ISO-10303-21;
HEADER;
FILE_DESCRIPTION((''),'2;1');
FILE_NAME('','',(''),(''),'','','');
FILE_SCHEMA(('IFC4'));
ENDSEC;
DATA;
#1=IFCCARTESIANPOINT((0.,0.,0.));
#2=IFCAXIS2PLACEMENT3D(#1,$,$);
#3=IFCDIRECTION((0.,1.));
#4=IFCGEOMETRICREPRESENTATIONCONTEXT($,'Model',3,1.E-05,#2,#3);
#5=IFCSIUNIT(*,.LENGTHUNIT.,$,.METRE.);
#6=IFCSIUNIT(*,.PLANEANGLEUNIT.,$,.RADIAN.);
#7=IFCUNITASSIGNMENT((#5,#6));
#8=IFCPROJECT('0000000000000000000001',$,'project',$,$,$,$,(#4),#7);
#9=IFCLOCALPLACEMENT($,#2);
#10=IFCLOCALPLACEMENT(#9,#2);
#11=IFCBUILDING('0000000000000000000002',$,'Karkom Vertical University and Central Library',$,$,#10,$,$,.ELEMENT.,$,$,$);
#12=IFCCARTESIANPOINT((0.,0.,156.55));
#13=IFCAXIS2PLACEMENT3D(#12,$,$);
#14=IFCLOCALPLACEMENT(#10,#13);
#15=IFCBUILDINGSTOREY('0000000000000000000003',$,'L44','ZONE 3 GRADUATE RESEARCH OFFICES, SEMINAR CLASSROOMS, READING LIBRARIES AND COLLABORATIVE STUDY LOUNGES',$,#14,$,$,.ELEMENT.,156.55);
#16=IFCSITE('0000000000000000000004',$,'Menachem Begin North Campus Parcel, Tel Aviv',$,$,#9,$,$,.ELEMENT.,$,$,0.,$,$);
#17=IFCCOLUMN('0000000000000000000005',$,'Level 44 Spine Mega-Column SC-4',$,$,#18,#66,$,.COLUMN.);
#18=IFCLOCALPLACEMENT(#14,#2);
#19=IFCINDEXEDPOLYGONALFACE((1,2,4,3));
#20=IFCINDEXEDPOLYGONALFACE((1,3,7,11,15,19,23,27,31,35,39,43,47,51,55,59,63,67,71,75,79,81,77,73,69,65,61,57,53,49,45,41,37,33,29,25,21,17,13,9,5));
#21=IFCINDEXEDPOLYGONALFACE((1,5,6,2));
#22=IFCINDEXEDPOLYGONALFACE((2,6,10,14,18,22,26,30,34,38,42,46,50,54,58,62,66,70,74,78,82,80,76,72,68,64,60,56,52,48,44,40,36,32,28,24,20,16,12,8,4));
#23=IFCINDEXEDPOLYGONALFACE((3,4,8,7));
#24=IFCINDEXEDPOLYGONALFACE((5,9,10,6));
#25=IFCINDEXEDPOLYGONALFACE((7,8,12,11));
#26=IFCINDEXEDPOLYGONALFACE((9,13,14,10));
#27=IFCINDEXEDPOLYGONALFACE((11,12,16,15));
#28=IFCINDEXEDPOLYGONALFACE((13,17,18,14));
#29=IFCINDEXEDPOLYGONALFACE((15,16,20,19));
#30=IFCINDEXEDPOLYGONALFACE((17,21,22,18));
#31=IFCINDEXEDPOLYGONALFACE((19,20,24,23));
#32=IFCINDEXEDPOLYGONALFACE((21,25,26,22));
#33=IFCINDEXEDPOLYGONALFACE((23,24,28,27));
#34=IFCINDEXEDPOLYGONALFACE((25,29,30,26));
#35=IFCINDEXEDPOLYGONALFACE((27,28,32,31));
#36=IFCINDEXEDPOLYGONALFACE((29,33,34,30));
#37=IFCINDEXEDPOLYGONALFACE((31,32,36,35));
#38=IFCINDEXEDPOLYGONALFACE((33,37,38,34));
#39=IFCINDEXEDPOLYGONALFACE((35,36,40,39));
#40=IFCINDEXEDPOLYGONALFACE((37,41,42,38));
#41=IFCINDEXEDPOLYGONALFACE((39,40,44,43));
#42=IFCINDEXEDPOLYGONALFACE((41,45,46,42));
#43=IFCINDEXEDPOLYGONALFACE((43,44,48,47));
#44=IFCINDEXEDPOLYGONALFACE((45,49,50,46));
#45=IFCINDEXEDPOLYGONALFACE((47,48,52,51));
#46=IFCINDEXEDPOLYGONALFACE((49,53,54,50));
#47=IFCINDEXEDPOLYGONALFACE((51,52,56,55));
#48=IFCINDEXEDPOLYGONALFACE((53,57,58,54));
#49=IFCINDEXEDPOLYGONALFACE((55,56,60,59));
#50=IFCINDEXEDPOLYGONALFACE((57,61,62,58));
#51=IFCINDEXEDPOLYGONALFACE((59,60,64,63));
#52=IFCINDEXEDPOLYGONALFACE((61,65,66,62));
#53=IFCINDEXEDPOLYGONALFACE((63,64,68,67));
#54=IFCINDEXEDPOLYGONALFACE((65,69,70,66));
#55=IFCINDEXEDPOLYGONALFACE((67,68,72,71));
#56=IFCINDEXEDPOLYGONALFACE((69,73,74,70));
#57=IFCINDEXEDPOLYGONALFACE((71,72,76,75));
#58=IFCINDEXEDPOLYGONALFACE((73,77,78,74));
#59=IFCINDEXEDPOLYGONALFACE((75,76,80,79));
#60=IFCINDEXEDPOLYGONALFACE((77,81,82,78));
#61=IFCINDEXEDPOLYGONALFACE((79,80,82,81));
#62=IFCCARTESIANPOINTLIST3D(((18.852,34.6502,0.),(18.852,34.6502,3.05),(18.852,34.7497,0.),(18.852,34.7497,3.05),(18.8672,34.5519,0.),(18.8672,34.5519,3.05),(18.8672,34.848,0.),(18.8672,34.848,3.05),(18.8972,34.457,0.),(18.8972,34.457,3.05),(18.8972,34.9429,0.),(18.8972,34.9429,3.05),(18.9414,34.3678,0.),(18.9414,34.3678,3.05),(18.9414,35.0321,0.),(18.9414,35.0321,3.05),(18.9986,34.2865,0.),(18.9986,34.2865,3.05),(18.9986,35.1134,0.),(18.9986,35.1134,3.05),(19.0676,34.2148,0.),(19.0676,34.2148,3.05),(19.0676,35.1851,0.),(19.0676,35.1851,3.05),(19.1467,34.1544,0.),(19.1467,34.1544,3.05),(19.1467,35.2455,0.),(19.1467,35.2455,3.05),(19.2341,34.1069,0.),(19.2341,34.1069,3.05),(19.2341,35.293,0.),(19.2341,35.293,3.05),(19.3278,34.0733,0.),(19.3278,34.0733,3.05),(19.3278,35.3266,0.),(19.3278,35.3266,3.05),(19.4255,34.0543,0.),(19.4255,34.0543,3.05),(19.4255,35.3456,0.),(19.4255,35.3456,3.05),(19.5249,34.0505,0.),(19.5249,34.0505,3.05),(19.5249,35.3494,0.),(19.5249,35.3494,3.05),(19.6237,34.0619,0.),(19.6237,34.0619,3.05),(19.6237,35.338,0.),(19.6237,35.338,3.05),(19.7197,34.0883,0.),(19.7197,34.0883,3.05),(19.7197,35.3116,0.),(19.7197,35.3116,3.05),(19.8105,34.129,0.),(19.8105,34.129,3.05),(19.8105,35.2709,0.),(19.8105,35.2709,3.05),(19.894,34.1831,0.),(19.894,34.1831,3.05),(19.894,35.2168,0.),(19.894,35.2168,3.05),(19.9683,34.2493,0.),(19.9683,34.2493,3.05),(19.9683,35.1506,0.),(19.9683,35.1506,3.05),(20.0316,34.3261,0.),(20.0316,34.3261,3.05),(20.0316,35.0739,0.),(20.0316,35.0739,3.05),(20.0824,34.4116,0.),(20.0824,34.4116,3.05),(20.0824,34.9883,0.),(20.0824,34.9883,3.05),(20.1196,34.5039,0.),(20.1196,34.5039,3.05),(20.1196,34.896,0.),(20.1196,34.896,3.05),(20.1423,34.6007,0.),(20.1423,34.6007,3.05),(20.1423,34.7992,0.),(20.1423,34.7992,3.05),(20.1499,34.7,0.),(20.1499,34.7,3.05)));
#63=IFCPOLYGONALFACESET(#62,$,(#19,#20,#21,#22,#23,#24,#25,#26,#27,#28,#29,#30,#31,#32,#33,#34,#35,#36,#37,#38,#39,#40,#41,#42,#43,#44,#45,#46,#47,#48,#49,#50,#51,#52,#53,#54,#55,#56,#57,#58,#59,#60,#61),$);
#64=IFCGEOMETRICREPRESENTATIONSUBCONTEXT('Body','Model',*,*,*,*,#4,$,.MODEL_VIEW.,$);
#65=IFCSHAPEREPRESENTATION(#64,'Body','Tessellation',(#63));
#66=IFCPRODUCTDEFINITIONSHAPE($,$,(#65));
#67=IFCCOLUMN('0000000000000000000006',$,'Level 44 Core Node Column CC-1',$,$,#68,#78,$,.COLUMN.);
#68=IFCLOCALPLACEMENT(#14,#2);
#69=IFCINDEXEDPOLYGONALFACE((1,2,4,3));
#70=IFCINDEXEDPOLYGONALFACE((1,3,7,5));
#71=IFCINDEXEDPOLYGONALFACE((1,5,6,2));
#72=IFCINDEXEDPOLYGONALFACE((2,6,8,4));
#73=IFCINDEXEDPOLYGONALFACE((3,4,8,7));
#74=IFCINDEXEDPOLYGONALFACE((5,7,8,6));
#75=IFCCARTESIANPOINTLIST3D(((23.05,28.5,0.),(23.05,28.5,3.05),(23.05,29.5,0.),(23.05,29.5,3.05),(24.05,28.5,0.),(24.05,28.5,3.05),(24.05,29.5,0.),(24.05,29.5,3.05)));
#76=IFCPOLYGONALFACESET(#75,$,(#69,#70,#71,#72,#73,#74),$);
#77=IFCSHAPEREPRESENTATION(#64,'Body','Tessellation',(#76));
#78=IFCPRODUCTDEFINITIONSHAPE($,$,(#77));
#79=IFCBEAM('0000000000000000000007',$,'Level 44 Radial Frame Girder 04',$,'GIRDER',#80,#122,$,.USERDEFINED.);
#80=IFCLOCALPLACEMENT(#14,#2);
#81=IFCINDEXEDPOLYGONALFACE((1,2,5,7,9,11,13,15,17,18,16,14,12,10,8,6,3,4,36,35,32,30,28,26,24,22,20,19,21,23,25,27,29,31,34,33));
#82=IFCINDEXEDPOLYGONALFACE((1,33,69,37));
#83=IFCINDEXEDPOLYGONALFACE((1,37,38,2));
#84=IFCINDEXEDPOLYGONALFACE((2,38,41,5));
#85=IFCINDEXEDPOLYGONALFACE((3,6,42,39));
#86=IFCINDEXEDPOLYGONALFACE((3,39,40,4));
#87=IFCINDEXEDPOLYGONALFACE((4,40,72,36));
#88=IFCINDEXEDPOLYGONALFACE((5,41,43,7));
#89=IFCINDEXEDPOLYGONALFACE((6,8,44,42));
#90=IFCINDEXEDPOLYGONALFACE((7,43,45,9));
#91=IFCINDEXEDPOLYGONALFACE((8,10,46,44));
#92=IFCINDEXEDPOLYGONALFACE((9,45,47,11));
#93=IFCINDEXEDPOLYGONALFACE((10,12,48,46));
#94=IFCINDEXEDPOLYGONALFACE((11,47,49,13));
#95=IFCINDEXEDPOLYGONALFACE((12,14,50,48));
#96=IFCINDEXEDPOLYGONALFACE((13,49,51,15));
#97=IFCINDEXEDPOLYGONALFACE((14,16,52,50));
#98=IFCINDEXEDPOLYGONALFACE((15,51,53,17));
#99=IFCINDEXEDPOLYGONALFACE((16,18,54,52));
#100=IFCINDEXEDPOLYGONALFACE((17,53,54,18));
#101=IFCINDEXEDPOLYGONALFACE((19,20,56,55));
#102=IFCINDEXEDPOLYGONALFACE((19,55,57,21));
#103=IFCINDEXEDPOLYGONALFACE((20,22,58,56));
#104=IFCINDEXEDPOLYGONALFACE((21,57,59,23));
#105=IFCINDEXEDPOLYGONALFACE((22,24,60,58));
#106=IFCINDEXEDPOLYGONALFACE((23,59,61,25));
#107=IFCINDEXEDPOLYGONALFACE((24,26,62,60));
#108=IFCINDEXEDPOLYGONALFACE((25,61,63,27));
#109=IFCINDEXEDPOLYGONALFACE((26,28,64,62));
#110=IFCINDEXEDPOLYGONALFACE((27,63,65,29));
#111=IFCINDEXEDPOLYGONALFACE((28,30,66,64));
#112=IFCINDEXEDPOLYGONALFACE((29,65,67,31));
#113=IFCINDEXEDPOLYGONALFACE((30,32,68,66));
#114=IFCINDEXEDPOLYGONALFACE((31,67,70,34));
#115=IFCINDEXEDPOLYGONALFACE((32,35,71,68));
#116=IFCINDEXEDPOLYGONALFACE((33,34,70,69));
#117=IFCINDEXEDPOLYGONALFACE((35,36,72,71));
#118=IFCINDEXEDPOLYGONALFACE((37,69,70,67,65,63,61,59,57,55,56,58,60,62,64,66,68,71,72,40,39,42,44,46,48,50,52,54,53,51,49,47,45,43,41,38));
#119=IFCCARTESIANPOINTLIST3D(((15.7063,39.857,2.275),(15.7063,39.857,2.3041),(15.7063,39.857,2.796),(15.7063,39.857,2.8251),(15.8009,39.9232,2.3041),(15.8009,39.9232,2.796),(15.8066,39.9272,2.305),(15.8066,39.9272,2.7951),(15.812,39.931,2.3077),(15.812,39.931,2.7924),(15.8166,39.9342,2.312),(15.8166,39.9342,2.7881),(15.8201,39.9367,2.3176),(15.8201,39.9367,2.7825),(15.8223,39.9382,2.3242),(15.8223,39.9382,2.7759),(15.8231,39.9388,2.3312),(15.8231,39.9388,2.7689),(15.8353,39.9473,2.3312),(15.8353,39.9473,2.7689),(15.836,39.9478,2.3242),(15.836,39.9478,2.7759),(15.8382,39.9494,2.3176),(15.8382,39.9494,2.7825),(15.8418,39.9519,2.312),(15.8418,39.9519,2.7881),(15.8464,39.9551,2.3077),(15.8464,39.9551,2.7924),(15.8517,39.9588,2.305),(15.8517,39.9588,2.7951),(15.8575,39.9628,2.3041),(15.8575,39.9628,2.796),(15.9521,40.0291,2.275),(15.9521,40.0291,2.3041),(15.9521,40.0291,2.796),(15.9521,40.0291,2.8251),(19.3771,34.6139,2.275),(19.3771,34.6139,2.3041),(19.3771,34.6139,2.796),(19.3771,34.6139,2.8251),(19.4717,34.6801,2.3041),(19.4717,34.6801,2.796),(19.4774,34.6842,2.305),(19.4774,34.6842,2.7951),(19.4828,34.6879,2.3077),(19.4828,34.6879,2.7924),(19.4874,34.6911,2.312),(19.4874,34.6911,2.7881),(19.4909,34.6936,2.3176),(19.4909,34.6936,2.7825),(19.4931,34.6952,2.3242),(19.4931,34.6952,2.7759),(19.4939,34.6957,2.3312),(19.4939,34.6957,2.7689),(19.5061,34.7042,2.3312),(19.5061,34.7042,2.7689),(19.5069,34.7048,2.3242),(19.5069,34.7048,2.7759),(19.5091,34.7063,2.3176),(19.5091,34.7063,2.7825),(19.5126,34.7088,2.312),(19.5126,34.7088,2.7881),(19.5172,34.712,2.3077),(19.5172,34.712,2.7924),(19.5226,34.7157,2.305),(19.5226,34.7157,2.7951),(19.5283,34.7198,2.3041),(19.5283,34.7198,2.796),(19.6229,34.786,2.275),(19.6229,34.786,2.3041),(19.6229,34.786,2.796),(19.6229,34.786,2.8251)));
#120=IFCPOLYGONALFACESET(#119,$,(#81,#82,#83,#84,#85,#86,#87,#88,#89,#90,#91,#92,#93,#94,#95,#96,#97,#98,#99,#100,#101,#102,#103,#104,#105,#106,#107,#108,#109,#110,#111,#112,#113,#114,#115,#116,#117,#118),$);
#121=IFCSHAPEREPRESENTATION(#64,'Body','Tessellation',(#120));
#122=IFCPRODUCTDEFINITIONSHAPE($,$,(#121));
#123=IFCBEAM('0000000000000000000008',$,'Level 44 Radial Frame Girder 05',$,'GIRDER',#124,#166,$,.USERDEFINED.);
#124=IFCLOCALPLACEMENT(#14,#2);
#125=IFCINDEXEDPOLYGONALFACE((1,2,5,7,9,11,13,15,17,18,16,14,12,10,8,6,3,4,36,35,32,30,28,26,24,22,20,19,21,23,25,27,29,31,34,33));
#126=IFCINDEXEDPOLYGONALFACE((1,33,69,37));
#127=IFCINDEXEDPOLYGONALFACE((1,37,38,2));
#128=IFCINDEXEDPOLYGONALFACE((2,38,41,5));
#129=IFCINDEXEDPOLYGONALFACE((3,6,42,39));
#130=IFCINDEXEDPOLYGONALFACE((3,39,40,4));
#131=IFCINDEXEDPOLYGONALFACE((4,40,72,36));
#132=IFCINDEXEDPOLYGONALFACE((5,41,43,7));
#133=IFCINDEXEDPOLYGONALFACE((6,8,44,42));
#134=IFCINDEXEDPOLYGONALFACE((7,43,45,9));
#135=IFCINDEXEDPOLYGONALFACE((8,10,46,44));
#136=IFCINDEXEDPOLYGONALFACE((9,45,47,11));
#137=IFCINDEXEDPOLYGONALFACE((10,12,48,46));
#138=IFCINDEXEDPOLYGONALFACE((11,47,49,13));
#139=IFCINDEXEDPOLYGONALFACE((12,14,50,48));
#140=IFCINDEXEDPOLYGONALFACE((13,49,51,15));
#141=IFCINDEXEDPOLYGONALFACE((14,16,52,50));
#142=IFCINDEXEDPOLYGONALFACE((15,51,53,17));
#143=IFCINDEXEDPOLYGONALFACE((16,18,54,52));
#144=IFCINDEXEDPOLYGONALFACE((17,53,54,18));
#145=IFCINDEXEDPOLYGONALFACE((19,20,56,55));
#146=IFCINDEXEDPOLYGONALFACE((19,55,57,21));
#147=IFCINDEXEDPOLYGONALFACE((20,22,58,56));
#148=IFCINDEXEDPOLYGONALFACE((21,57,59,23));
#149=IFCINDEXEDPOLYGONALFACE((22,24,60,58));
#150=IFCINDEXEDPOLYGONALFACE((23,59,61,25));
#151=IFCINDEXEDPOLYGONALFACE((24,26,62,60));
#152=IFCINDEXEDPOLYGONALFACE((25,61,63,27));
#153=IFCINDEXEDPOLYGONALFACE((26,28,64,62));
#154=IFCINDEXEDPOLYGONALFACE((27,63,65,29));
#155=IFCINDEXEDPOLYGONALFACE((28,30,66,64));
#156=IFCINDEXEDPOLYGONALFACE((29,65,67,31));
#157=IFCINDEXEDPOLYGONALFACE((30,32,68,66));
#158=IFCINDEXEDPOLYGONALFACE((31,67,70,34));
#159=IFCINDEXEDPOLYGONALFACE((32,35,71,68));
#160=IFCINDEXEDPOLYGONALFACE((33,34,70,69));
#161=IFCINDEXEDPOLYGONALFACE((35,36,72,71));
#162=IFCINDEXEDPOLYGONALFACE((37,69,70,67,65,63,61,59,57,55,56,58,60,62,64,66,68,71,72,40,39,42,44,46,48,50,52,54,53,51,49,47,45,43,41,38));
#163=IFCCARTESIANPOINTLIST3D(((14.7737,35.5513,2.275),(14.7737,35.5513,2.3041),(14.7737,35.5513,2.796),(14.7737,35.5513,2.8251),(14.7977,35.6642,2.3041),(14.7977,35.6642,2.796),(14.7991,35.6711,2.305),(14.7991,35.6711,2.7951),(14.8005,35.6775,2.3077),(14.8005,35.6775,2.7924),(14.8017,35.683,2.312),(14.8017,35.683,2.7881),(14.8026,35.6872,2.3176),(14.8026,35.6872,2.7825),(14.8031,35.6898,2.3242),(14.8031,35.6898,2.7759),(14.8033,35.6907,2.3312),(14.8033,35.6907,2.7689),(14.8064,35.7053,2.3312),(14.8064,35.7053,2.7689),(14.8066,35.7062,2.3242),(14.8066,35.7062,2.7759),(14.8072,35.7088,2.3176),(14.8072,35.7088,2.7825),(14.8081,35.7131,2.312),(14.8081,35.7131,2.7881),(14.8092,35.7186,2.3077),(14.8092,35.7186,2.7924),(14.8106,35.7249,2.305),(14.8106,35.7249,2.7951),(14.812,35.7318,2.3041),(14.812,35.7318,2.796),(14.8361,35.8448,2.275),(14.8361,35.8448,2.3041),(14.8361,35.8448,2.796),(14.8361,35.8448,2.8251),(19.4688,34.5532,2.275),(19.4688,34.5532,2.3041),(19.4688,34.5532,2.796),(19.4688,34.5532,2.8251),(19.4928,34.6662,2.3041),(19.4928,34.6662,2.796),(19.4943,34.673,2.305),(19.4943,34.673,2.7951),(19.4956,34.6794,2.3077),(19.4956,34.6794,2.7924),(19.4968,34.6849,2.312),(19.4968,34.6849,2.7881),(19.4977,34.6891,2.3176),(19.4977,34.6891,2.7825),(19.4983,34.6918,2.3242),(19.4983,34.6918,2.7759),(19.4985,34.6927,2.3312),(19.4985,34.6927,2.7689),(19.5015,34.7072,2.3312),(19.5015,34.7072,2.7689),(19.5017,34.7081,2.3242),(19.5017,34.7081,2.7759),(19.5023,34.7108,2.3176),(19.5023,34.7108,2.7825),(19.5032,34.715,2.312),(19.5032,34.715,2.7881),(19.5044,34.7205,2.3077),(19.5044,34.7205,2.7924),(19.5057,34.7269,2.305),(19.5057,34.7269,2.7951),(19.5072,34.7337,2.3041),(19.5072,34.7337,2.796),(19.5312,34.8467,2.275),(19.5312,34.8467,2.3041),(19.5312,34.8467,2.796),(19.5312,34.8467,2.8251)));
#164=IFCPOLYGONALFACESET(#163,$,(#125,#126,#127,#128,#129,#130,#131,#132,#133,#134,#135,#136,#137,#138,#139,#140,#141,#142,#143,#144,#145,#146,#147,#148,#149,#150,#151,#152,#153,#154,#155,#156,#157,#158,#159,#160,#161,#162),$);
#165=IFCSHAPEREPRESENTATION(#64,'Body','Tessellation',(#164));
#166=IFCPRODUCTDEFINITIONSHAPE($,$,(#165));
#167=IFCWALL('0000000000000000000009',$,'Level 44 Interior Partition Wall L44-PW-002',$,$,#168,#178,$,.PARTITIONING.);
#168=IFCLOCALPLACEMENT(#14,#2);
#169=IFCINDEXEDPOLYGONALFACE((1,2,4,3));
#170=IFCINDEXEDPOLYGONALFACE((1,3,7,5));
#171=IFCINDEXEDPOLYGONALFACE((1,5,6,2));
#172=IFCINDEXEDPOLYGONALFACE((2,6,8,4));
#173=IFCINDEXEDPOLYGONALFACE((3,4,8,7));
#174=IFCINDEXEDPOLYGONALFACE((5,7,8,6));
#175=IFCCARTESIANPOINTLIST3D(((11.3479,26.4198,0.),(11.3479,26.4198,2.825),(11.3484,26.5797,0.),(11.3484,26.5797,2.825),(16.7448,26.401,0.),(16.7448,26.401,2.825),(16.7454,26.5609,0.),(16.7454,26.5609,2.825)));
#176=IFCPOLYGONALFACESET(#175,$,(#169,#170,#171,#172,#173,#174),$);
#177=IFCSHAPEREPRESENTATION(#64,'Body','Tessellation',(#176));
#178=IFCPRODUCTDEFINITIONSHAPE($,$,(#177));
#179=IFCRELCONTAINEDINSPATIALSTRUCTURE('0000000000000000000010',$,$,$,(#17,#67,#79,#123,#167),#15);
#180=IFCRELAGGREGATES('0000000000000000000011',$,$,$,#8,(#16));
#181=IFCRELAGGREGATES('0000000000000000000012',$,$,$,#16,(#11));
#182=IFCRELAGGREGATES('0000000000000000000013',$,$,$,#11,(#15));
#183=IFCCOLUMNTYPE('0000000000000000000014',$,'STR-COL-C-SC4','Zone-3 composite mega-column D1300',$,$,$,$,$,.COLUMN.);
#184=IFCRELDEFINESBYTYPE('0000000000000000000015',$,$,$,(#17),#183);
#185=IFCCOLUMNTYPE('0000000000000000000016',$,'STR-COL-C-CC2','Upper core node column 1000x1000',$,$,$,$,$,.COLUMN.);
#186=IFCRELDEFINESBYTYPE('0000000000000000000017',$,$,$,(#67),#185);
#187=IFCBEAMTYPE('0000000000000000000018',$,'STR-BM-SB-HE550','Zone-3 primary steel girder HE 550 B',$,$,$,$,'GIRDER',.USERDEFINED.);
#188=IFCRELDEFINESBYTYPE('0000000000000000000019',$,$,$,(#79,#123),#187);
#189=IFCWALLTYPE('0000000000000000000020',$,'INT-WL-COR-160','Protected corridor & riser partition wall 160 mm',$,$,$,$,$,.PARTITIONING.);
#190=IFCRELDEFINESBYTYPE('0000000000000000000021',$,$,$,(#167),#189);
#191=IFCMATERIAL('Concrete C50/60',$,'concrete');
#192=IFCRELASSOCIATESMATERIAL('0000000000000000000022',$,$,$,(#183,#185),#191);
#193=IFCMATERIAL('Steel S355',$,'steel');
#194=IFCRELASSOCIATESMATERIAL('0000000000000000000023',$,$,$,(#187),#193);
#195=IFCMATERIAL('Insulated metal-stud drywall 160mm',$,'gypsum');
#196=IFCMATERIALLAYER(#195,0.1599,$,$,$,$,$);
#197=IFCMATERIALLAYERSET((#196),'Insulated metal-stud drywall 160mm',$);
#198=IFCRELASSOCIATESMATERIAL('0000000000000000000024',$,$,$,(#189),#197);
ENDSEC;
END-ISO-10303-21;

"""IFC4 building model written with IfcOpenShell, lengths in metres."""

from ifc_helpers import new_model, si_unit, direction, frame, frame_2d, origin, origin_with_axes, origin_2d, place, context, subcontext, project, spatial, rectangle, circle, i_section, extrude, source, transform, mapped, material, layer, layer_set, material_profile, profile_set, type_object, element, save


model = new_model("IFC4")

# Units and contexts
model_context = context("Model", 3, precision=1e-05, world=origin(), true_north=direction((0.0, 1.0)))
body_context = subcontext(model_context, "Body", "Model", "MODEL_VIEW")
ifc_project = project(units=[si_unit("LENGTHUNIT", "METRE"), si_unit("PLANEANGLEUNIT", "RADIAN")], contexts=[model_context])

# Site, building, storey
site_placement = place(None, origin())
site = spatial("IfcSite", under=ifc_project, at=site_placement, Name="Menachem Begin North Campus Parcel, Tel Aviv", CompositionType="ELEMENT", RefElevation=0.0)
building_placement = place(site_placement, origin())
building = spatial("IfcBuilding", under=site, at=building_placement, Name="Karkom Vertical University and Central Library", CompositionType="ELEMENT")
storey_placement = place(building_placement, frame((0.0, 0.0, 156.55)))
storey = spatial("IfcBuildingStorey", under=building, at=storey_placement, Name="L44", Description="ZONE 3 GRADUATE RESEARCH OFFICES, SEMINAR CLASSROOMS, READING LIBRARIES AND COLLABORATIVE STUDY LOUNGES", CompositionType="ELEMENT", Elevation=156.55)

# Columns
ifc_material_1 = material(Name="Concrete C50/60", Category="concrete")
ifc_material_profile_1 = material_profile(ifc_material_1, circle(Radius=0.6499, at=origin_2d()), Name="CFT-D1300")
ifc_profile_set_1 = profile_set([ifc_material_profile_1], Name="Concrete C50/60")
column_type_1 = type_object("IfcColumnType", Name="STR-COL-C-SC4", Description="Zone-3 composite mega-column D1300", PredefinedType="COLUMN", material=ifc_profile_set_1)
shared_shape_1 = source(origin_with_axes(), body_context, "Body", "SweptSolid", [
    extrude(circle(Radius=0.6499, at=origin_2d()), origin(), (0.0, 0.0, 1.0), 3.05),
])
column_1_placement = place(storey_placement, frame((19.5, 34.7, 0.0), z_axis=(0.0, 0.0, 1.0), x_axis=(1.0, 0.0, 0.0)))
element("IfcColumn", 1, at=column_1_placement, inside=storey, type_object=column_type_1, Name="Level 44 Spine Mega-Column SC-4", PredefinedType="COLUMN", context=body_context, shape_type="MappedRepresentation", body=[
    mapped(shared_shape_1, transform((0.0, 0.0, 0.0), scale=1.0)),
])
ifc_material_profile_2 = material_profile(ifc_material_1, rectangle(XDim=1.0, YDim=1.0, at=origin_2d()), Name="RC-1000x1000")
ifc_profile_set_2 = profile_set([ifc_material_profile_2], Name="Concrete C50/60")
column_type_2 = type_object("IfcColumnType", Name="STR-COL-C-CC2", Description="Upper core node column 1000x1000", PredefinedType="COLUMN", material=ifc_profile_set_2)
shared_shape_2 = source(origin_with_axes(), body_context, "Body", "SweptSolid", [
    extrude(rectangle(XDim=1.0, YDim=1.0, at=origin_2d()), origin(), (0.0, 0.0, 1.0), 3.05),
])
column_2_placement = place(storey_placement, frame((23.55, 29.0, 0.0), z_axis=(0.0, 0.0, 1.0), x_axis=(1.0, 0.0, 0.0)))
element("IfcColumn", 2, at=column_2_placement, inside=storey, type_object=column_type_2, Name="Level 44 Core Node Column CC-1", PredefinedType="COLUMN", context=body_context, shape_type="MappedRepresentation", body=[
    mapped(shared_shape_2, transform((0.0, 0.0, 0.0), scale=1.0)),
])

# Beams
ifc_material_2 = material(Name="Steel S355", Category="steel")
ifc_material_profile_3 = material_profile(ifc_material_2, i_section(OverallWidth=0.3, OverallDepth=0.55, WebThickness=0.0149, FlangeThickness=0.0291, FilletRadius=0.0271, at=origin_2d()), Name="HE 550 B")
ifc_profile_set_3 = profile_set([ifc_material_profile_3], Name="Steel S355")
beam_type = type_object("IfcBeamType", Name="STR-BM-SB-HE550", Description="Zone-3 primary steel girder HE 550 B", ElementType="GIRDER", PredefinedType="USERDEFINED", material=ifc_profile_set_3)
shared_shape_3 = source(origin_with_axes(), body_context, "Body", "SweptSolid", [
    extrude(i_section(OverallWidth=0.3, OverallDepth=0.55, WebThickness=0.0149, FlangeThickness=0.0291, FilletRadius=0.0271, at=origin_2d()), origin(), (0.0, 0.0, 1.0), 6.4004),
])
beam_1_placement = place(storey_placement, frame((19.5, 34.7, 2.55), z_axis=(-0.573534, 0.819182, 0.0), x_axis=(-0.819182, -0.573534, 0.0)))
element("IfcBeam", 3, at=beam_1_placement, inside=storey, type_object=beam_type, Name="Level 44 Radial Frame Girder 04", ObjectType="GIRDER", PredefinedType="USERDEFINED", context=body_context, shape_type="MappedRepresentation", body=[
    mapped(shared_shape_3, transform((0.0, 0.0, 0.0), scale=1.0)),
])
shared_shape_4 = source(origin_with_axes(), body_context, "Body", "SweptSolid", [
    extrude(i_section(OverallWidth=0.3, OverallDepth=0.55, WebThickness=0.0149, FlangeThickness=0.0291, FilletRadius=0.0271, at=origin_2d()), origin(), (0.0, 0.0, 1.0), 4.8),
])
beam_2_placement = place(storey_placement, frame((19.5, 34.7, 2.55), z_axis=(-0.978144, 0.207927, 0.0), x_axis=(-0.207927, -0.978144, 0.0)))
element("IfcBeam", 4, at=beam_2_placement, inside=storey, type_object=beam_type, Name="Level 44 Radial Frame Girder 05", ObjectType="GIRDER", PredefinedType="USERDEFINED", context=body_context, shape_type="MappedRepresentation", body=[
    mapped(shared_shape_4, transform((0.0, 0.0, 0.0), scale=1.0)),
])

# Wall
ifc_material_3 = material(Name="Insulated metal-stud drywall 160mm", Category="gypsum")
ifc_layer_1 = layer(ifc_material_3, 0.1599)
ifc_layer_set_1 = layer_set([ifc_layer_1], Name="Insulated metal-stud drywall 160mm")
wall_type_1 = type_object("IfcWallType", Name="INT-WL-COR-160", Description="Protected corridor & riser partition wall 160 mm", PredefinedType="PARTITIONING", material=ifc_layer_set_1)
wall_1_placement = place(storey_placement, frame((11.3481, 26.4998, 0.0), z_axis=(0.0, 0.0, 1.0), x_axis=(0.999994, -0.003483, 0.0)))
element("IfcWall", 5, at=wall_1_placement, inside=storey, type_object=wall_type_1, Name="Level 44 Interior Partition Wall L44-PW-002", PredefinedType="PARTITIONING", context=body_context, shape_type="SweptSolid", body=[
    extrude(rectangle(XDim=5.397, YDim=0.1599, at=frame_2d((2.6985, 0.0))), origin(), (0.0, 0.0, 1.0), 2.825),
])

save(model, "model.ifc")
